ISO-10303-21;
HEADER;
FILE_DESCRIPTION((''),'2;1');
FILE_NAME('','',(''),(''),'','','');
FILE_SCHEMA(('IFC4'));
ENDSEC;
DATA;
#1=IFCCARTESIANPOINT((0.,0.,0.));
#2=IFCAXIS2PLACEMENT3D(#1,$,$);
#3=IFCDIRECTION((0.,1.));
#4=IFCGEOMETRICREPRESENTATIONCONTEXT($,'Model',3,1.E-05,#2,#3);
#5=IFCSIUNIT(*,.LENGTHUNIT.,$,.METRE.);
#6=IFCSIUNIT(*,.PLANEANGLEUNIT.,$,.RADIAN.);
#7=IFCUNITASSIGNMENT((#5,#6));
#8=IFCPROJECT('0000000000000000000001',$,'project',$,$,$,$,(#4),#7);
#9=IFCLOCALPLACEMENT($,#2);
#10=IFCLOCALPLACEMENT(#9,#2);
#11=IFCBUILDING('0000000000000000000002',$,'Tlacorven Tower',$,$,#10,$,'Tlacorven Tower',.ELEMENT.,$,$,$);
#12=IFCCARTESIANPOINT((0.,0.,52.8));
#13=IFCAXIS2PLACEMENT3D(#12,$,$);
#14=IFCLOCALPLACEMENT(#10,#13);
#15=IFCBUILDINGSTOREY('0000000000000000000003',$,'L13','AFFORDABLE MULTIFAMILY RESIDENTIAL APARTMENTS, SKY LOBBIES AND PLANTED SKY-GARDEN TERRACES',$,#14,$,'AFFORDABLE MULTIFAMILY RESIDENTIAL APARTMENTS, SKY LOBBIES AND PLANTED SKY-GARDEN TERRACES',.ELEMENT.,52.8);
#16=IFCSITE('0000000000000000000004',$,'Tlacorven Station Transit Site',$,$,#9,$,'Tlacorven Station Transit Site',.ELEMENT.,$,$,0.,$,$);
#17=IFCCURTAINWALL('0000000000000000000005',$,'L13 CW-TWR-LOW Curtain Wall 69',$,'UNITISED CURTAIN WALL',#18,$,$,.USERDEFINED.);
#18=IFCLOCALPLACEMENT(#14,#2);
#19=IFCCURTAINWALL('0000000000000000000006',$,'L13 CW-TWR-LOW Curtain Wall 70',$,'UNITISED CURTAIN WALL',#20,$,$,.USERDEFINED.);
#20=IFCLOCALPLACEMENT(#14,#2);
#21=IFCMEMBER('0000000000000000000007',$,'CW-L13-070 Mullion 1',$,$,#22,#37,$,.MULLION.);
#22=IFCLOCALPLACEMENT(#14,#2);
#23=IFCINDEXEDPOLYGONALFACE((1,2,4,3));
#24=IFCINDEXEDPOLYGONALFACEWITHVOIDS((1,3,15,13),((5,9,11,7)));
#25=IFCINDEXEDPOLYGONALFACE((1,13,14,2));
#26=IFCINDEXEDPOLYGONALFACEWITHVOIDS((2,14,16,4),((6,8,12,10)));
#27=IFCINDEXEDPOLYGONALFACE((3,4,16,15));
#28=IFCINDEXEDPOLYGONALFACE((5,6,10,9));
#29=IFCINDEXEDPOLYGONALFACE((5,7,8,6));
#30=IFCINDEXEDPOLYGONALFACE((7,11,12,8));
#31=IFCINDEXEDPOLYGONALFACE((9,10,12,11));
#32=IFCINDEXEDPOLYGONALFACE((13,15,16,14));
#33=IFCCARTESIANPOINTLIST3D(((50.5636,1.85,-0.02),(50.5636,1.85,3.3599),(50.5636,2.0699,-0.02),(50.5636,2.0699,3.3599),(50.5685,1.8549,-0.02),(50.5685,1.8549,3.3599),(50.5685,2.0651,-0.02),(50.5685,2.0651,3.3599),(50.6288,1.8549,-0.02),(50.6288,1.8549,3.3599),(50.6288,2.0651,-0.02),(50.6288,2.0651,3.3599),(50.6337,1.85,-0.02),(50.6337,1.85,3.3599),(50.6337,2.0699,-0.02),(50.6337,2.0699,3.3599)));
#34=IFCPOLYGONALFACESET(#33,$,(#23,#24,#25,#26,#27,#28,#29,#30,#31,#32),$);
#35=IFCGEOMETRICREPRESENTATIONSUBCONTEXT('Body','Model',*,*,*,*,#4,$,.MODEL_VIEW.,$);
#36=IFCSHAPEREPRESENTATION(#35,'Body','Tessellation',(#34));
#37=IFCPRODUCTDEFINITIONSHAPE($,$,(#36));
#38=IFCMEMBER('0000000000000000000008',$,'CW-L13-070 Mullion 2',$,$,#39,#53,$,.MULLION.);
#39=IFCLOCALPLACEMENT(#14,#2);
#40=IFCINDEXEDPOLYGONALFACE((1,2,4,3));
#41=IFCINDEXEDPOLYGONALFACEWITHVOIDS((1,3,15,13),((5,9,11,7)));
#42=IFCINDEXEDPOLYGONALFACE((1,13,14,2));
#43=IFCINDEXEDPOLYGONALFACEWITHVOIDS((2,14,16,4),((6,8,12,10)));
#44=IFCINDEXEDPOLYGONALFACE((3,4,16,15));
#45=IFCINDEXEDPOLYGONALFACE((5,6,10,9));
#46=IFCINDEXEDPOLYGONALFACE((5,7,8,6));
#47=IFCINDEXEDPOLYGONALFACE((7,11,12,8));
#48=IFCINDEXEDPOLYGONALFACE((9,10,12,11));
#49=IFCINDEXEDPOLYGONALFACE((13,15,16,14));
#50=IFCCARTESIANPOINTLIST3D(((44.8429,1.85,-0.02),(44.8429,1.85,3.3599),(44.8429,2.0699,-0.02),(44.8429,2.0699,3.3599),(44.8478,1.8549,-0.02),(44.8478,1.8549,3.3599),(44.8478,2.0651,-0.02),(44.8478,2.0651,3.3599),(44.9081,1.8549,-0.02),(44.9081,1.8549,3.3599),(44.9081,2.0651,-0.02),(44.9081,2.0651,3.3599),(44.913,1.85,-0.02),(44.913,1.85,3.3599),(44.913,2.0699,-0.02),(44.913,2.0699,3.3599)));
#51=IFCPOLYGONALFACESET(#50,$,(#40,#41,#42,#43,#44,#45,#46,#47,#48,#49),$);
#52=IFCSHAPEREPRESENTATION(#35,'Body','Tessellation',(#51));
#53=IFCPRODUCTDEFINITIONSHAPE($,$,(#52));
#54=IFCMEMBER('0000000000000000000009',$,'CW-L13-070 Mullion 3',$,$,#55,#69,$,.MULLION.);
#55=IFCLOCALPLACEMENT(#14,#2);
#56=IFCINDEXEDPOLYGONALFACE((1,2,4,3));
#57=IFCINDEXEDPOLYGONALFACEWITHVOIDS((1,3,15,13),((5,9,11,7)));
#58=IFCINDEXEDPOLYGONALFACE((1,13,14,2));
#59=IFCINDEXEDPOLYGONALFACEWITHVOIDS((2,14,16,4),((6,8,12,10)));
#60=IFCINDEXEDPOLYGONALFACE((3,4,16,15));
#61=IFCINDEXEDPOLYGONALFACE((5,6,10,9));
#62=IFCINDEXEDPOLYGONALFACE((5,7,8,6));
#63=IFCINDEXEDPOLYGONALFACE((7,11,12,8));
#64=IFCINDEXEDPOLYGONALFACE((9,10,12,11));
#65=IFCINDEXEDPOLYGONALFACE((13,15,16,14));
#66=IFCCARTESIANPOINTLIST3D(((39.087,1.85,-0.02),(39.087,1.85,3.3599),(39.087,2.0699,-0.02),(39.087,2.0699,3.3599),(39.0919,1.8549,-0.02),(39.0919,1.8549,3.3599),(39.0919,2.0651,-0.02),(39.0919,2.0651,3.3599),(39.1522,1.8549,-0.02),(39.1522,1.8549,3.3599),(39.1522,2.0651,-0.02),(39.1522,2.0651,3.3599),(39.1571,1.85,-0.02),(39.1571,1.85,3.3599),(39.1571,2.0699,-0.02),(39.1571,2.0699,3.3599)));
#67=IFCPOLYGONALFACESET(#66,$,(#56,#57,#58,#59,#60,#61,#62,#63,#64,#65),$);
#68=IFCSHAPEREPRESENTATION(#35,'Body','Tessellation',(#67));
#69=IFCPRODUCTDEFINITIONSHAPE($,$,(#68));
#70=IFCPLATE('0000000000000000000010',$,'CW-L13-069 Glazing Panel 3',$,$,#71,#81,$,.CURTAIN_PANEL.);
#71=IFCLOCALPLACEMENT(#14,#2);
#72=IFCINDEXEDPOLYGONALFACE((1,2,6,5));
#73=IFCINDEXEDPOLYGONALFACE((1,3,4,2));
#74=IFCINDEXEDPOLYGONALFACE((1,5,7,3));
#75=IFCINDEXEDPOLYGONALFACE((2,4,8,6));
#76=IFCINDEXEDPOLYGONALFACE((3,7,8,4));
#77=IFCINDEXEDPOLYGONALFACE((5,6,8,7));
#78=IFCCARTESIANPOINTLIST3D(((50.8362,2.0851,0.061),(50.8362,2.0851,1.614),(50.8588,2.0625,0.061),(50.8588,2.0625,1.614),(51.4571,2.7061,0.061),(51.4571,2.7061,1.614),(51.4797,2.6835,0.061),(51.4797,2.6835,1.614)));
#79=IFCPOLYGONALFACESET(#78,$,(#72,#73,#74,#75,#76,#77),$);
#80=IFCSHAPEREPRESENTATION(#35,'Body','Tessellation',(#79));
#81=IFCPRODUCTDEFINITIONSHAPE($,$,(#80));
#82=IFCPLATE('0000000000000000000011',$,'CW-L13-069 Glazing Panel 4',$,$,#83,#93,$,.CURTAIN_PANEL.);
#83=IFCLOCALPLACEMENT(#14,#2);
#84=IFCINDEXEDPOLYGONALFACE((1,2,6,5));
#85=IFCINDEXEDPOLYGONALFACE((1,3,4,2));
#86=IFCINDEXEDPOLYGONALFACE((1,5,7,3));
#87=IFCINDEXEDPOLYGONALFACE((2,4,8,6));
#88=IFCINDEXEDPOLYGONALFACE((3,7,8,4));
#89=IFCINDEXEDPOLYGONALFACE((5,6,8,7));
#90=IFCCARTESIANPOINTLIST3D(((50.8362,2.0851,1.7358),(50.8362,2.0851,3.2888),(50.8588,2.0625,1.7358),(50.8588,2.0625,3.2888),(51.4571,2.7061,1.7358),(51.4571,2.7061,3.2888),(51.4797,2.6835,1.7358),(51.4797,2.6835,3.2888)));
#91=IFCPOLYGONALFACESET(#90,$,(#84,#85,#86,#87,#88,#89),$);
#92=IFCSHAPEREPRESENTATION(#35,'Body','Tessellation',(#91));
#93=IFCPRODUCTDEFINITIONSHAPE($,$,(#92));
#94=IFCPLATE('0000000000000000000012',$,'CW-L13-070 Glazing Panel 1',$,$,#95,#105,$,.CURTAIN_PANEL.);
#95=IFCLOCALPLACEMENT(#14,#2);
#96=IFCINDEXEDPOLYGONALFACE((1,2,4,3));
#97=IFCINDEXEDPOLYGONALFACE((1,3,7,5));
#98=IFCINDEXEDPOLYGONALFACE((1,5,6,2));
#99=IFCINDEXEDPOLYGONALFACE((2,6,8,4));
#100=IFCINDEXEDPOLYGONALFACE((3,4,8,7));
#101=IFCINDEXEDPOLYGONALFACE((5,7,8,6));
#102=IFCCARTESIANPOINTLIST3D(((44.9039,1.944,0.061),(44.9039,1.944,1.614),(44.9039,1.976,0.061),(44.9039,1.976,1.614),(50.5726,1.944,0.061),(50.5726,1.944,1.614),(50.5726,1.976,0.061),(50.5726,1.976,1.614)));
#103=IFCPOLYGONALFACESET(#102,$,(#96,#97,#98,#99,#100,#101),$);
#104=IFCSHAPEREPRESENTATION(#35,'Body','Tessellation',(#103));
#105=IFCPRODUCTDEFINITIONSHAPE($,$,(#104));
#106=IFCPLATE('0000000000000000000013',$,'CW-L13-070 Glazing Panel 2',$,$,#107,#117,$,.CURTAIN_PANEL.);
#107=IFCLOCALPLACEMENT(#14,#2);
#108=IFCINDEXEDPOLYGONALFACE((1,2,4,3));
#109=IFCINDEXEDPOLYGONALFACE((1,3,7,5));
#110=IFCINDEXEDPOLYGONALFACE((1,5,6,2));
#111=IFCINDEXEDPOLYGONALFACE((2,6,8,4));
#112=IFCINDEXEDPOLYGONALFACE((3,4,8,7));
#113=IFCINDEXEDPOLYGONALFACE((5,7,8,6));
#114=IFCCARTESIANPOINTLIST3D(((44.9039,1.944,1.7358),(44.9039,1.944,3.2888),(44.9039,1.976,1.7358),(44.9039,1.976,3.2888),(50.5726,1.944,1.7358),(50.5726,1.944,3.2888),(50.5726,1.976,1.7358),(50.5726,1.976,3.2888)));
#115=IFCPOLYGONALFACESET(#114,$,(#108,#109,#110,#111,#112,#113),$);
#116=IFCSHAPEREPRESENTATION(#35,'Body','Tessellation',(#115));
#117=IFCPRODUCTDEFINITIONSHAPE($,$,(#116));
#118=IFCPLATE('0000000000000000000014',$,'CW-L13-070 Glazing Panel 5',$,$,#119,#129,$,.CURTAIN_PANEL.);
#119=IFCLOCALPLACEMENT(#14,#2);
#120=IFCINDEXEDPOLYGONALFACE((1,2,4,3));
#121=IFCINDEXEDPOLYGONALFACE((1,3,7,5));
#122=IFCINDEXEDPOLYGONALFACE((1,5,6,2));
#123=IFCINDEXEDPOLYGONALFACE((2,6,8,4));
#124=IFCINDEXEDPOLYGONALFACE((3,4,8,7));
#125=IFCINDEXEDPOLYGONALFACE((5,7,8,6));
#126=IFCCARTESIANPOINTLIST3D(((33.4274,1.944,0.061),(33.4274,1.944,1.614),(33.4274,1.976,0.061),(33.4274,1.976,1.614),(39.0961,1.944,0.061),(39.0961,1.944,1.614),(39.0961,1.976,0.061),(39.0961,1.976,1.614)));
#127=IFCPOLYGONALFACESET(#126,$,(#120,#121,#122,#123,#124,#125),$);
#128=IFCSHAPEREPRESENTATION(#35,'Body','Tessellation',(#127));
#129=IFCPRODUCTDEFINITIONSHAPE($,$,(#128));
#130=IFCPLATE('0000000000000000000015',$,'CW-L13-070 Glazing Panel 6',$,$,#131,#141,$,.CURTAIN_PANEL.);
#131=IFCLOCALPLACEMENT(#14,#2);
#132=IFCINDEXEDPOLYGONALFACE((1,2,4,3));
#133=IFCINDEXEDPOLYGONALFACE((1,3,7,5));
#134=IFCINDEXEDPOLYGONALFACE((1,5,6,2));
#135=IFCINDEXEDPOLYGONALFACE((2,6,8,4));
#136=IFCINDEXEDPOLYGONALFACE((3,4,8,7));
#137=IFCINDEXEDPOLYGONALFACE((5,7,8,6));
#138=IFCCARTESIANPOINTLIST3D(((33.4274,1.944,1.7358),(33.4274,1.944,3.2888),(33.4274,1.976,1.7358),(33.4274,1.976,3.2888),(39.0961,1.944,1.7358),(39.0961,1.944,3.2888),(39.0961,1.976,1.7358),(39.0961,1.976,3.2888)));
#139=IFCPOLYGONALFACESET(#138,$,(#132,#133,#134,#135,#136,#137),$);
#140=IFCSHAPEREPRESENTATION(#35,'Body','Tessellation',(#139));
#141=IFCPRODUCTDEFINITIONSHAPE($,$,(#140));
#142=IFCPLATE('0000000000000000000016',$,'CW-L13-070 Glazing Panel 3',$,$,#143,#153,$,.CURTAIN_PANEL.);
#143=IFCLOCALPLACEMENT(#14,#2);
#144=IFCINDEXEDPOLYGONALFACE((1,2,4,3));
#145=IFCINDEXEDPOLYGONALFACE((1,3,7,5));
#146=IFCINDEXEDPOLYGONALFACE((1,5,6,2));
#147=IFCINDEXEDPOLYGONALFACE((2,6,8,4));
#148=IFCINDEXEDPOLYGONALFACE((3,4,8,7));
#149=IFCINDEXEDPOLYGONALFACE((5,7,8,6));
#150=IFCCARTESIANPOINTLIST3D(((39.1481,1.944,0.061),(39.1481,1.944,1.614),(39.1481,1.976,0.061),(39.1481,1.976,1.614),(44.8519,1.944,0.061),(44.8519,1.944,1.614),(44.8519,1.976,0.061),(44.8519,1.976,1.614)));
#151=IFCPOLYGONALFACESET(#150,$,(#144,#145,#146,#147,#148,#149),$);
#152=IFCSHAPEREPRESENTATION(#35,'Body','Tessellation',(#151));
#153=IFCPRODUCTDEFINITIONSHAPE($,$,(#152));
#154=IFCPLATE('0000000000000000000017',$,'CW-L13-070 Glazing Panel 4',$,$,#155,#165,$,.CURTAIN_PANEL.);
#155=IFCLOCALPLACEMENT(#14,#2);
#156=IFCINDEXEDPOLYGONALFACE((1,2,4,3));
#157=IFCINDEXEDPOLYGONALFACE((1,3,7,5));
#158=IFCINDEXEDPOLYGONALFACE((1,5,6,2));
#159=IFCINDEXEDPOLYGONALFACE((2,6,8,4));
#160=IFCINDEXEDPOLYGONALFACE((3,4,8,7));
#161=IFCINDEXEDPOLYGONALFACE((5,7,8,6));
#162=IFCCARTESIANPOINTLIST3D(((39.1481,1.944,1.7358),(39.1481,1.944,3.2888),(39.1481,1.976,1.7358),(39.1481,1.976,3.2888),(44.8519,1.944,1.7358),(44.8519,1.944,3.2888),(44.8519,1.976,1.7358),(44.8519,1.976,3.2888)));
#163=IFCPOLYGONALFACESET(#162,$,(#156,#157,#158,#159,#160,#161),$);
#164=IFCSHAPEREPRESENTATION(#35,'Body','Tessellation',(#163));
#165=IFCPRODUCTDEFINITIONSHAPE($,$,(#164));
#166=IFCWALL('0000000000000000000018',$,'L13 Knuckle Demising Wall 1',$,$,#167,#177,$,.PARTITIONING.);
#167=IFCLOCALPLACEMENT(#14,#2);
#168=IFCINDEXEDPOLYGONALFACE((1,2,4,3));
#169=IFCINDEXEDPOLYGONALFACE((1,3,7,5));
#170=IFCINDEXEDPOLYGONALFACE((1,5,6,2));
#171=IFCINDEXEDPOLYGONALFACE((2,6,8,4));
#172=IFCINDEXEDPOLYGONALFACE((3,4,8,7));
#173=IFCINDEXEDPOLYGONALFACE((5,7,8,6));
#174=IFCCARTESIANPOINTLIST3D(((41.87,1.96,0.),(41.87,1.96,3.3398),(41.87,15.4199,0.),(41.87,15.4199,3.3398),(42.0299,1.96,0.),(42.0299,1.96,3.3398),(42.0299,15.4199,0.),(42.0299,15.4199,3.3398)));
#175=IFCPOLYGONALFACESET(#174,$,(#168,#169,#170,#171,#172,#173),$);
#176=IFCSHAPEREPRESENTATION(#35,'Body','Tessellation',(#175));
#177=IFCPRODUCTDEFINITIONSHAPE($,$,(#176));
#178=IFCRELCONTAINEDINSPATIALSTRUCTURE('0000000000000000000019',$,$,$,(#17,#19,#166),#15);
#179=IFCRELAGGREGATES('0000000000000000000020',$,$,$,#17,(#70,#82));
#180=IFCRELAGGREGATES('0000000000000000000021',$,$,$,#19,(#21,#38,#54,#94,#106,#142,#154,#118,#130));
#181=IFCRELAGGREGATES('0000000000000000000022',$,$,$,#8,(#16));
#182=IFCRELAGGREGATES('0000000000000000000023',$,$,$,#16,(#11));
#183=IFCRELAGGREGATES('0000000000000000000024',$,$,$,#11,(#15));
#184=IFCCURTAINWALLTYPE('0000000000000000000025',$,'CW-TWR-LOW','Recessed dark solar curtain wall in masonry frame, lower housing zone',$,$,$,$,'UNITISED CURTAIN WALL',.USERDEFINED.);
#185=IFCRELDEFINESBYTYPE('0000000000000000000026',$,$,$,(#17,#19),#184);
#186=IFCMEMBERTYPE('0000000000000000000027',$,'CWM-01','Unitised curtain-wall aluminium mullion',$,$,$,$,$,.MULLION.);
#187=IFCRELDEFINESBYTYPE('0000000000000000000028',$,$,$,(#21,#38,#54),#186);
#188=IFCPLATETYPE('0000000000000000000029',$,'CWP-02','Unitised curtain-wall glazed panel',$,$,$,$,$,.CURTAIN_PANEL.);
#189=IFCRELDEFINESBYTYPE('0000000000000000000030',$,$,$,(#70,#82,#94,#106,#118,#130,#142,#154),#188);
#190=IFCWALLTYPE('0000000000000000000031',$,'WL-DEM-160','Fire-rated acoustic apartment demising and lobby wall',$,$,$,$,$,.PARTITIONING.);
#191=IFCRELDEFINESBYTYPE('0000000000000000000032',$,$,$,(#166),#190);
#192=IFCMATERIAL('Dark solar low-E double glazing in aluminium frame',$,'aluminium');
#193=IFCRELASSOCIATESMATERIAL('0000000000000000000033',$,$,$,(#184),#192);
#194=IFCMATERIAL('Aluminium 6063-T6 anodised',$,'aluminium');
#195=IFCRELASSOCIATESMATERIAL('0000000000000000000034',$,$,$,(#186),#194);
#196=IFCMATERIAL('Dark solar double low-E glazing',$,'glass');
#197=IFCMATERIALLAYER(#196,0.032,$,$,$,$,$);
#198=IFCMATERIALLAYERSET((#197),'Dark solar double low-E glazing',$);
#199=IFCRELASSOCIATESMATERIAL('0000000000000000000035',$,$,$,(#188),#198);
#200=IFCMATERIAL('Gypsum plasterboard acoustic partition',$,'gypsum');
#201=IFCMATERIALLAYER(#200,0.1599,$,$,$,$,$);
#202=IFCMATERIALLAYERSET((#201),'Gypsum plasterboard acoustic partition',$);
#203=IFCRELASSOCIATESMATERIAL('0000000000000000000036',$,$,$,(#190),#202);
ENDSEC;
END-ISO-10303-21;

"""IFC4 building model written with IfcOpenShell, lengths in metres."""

from ifc_helpers import new_model, si_unit, direction, frame, frame_2d, origin, origin_2d, place, context, subcontext, project, spatial, rectangle, hollow_rectangle, extrude, source, transform, mapped, material, layer, layer_set, material_profile, profile_set, type_object, element, aggregate, save


model = new_model("IFC4")

# Units and contexts
model_context = context("Model", 3, precision=1e-05, world=origin(), true_north=direction((0.0, 1.0)))
body_context = subcontext(model_context, "Body", "Model", "MODEL_VIEW")
ifc_project = project(units=[si_unit("LENGTHUNIT", "METRE"), si_unit("PLANEANGLEUNIT", "RADIAN")], contexts=[model_context])

# Site, building, storey
site_placement = place(None, origin())
site = spatial("IfcSite", under=ifc_project, at=site_placement, Name="Tlacorven Station Transit Site", LongName="Tlacorven Station Transit Site", CompositionType="ELEMENT", RefElevation=0.0)
building_placement = place(site_placement, origin())
building = spatial("IfcBuilding", under=site, at=building_placement, Name="Tlacorven Tower", LongName="Tlacorven Tower", CompositionType="ELEMENT")
storey_placement = place(building_placement, frame((0.0, 0.0, 52.8)))
storey = spatial("IfcBuildingStorey", under=building, at=storey_placement, Name="L13", Description="AFFORDABLE MULTIFAMILY RESIDENTIAL APARTMENTS, SKY LOBBIES AND PLANTED SKY-GARDEN TERRACES", LongName="AFFORDABLE MULTIFAMILY RESIDENTIAL APARTMENTS, SKY LOBBIES AND PLANTED SKY-GARDEN TERRACES", CompositionType="ELEMENT", Elevation=52.8)

# Curtain wall
ifc_material_1 = material(Name="Dark solar low-E double glazing in aluminium frame", Category="aluminium")
curtain_wall_type = type_object("IfcCurtainWallType", Name="CW-TWR-LOW", Description="Recessed dark solar curtain wall in masonry frame, lower housing zone", ElementType="UNITISED CURTAIN WALL", PredefinedType="USERDEFINED", material=ifc_material_1)
curtain_wall_1_placement = place(storey_placement, origin())
curtain_wall_1 = element("IfcCurtainWall", 1, at=curtain_wall_1_placement, inside=storey, type_object=curtain_wall_type, Name="L13 CW-TWR-LOW Curtain Wall 69", ObjectType="UNITISED CURTAIN WALL", PredefinedType="USERDEFINED")
ifc_material_2 = material(Name="Aluminium 6063-T6 anodised", Category="aluminium")

# Curtain wall
curtain_wall_2_placement = place(storey_placement, origin())
curtain_wall_2 = element("IfcCurtainWall", 2, at=curtain_wall_2_placement, inside=storey, type_object=curtain_wall_type, Name="L13 CW-TWR-LOW Curtain Wall 70", ObjectType="UNITISED CURTAIN WALL", PredefinedType="USERDEFINED")

# Members
ifc_material_profile_1 = material_profile(ifc_material_2, hollow_rectangle(XDim=0.0701, YDim=0.22, WallThickness=0.0049, at=origin_2d()), Name="ALU MULLION 70X220")
ifc_profile_set_1 = profile_set([ifc_material_profile_1], Name="Aluminium 6063-T6 anodised")
member_type_1 = type_object("IfcMemberType", Name="CWM-01", Description="Unitised curtain-wall aluminium mullion", PredefinedType="MULLION", material=ifc_profile_set_1)
shared_shape_1 = source(origin(), body_context, "Body", "SweptSolid", [
    extrude(hollow_rectangle(XDim=0.0701, YDim=0.22, WallThickness=0.0049, at=origin_2d()), origin(), (0.0, 0.0, 1.0), 3.3799),
])
member_1_placement = place(storey_placement, frame((50.5986, 1.96, -0.02), z_axis=(0.0, 0.0, 1.0), x_axis=(-1.0, 0.0, 0.0)))
member_1 = element("IfcMember", 3, at=member_1_placement, type_object=member_type_1, Name="CW-L13-070 Mullion 1", PredefinedType="MULLION", context=body_context, shape_type="MappedRepresentation", body=[
    mapped(shared_shape_1, transform((0.0, 0.0, 0.0), scale=1.0)),
])
member_2_placement = place(storey_placement, frame((44.8779, 1.96, -0.02), z_axis=(0.0, 0.0, 1.0), x_axis=(-1.0, 0.0, 0.0)))
member_2 = element("IfcMember", 4, at=member_2_placement, type_object=member_type_1, Name="CW-L13-070 Mullion 2", PredefinedType="MULLION", context=body_context, shape_type="MappedRepresentation", body=[
    mapped(shared_shape_1, transform((0.0, 0.0, 0.0), scale=1.0)),
])
member_3_placement = place(storey_placement, frame((39.1221, 1.96, -0.02), z_axis=(0.0, 0.0, 1.0), x_axis=(-1.0, 0.0, 0.0)))
member_3 = element("IfcMember", 5, at=member_3_placement, type_object=member_type_1, Name="CW-L13-070 Mullion 3", PredefinedType="MULLION", context=body_context, shape_type="MappedRepresentation", body=[
    mapped(shared_shape_1, transform((0.0, 0.0, 0.0), scale=1.0)),
])

# Plates
ifc_material_3 = material(Name="Dark solar double low-E glazing", Category="glass")
ifc_layer_1 = layer(ifc_material_3, 0.032)
ifc_layer_set_1 = layer_set([ifc_layer_1], Name="Dark solar double low-E glazing")
plate_type = type_object("IfcPlateType", Name="CWP-02", Description="Unitised curtain-wall glazed panel", PredefinedType="CURTAIN_PANEL", material=ifc_layer_set_1)
shared_shape_2 = source(origin(), body_context, "Body", "SweptSolid", [
    extrude(rectangle(XDim=0.8782, YDim=0.032, at=origin_2d()), origin(), (0.0, 0.0, 1.0), 1.553),
])
plate_1_placement = place(storey_placement, frame((51.158, 2.3843, 0.061), z_axis=(0.0, 0.0, 1.0), x_axis=(-0.707107, -0.707107, 0.0)))
plate_1 = element("IfcPlate", 6, at=plate_1_placement, type_object=plate_type, Name="CW-L13-069 Glazing Panel 3", PredefinedType="CURTAIN_PANEL", context=body_context, shape_type="MappedRepresentation", body=[
    mapped(shared_shape_2, transform((0.0, 0.0, 0.0), scale=1.0)),
])
plate_2_placement = place(storey_placement, frame((51.158, 2.3843, 1.7358), z_axis=(0.0, 0.0, 1.0), x_axis=(-0.707107, -0.707107, 0.0)))
plate_2 = element("IfcPlate", 7, at=plate_2_placement, type_object=plate_type, Name="CW-L13-069 Glazing Panel 4", PredefinedType="CURTAIN_PANEL", context=body_context, shape_type="MappedRepresentation", body=[
    mapped(shared_shape_2, transform((0.0, 0.0, 0.0), scale=1.0)),
])
aggregate(curtain_wall_1, [plate_1, plate_2])
shared_shape_3 = source(origin(), body_context, "Body", "SweptSolid", [
    extrude(rectangle(XDim=5.6687, YDim=0.032, at=origin_2d()), origin(), (0.0, 0.0, 1.0), 1.553),
])
plate_3_placement = place(storey_placement, frame((47.7383, 1.96, 0.061), z_axis=(0.0, 0.0, 1.0), x_axis=(-1.0, 0.0, 0.0)))
plate_3 = element("IfcPlate", 8, at=plate_3_placement, type_object=plate_type, Name="CW-L13-070 Glazing Panel 1", PredefinedType="CURTAIN_PANEL", context=body_context, shape_type="MappedRepresentation", body=[
    mapped(shared_shape_3, transform((0.0, 0.0, 0.0), scale=1.0)),
])
plate_4_placement = place(storey_placement, frame((47.7383, 1.96, 1.7358), z_axis=(0.0, 0.0, 1.0), x_axis=(-1.0, 0.0, 0.0)))
plate_4 = element("IfcPlate", 9, at=plate_4_placement, type_object=plate_type, Name="CW-L13-070 Glazing Panel 2", PredefinedType="CURTAIN_PANEL", context=body_context, shape_type="MappedRepresentation", body=[
    mapped(shared_shape_3, transform((0.0, 0.0, 0.0), scale=1.0)),
])
plate_5_placement = place(storey_placement, frame((36.2617, 1.96, 0.061), z_axis=(0.0, 0.0, 1.0), x_axis=(-1.0, 0.0, 0.0)))
plate_5 = element("IfcPlate", 10, at=plate_5_placement, type_object=plate_type, Name="CW-L13-070 Glazing Panel 5", PredefinedType="CURTAIN_PANEL", context=body_context, shape_type="MappedRepresentation", body=[
    mapped(shared_shape_3, transform((0.0, 0.0, 0.0), scale=1.0)),
])
plate_6_placement = place(storey_placement, frame((36.2617, 1.96, 1.7358), z_axis=(0.0, 0.0, 1.0), x_axis=(-1.0, 0.0, 0.0)))
plate_6 = element("IfcPlate", 11, at=plate_6_placement, type_object=plate_type, Name="CW-L13-070 Glazing Panel 6", PredefinedType="CURTAIN_PANEL", context=body_context, shape_type="MappedRepresentation", body=[
    mapped(shared_shape_3, transform((0.0, 0.0, 0.0), scale=1.0)),
])
shared_shape_4 = source(origin(), body_context, "Body", "SweptSolid", [
    extrude(rectangle(XDim=5.7039, YDim=0.032, at=origin_2d()), origin(), (0.0, 0.0, 1.0), 1.553),
])
plate_7_placement = place(storey_placement, frame((42.0, 1.96, 0.061), z_axis=(0.0, 0.0, 1.0), x_axis=(-1.0, 0.0, 0.0)))
plate_7 = element("IfcPlate", 12, at=plate_7_placement, type_object=plate_type, Name="CW-L13-070 Glazing Panel 3", PredefinedType="CURTAIN_PANEL", context=body_context, shape_type="MappedRepresentation", body=[
    mapped(shared_shape_4, transform((0.0, 0.0, 0.0), scale=1.0)),
])
plate_8_placement = place(storey_placement, frame((42.0, 1.96, 1.7358), z_axis=(0.0, 0.0, 1.0), x_axis=(-1.0, 0.0, 0.0)))
plate_8 = element("IfcPlate", 13, at=plate_8_placement, type_object=plate_type, Name="CW-L13-070 Glazing Panel 4", PredefinedType="CURTAIN_PANEL", context=body_context, shape_type="MappedRepresentation", body=[
    mapped(shared_shape_4, transform((0.0, 0.0, 0.0), scale=1.0)),
])
aggregate(curtain_wall_2, [member_1, member_2, member_3, plate_3, plate_4, plate_7, plate_8, plate_5, plate_6])

# Wall
ifc_material_4 = material(Name="Gypsum plasterboard acoustic partition", Category="gypsum")
ifc_layer_2 = layer(ifc_material_4, 0.1599)
ifc_layer_set_2 = layer_set([ifc_layer_2], Name="Gypsum plasterboard acoustic partition")
wall_type_1 = type_object("IfcWallType", Name="WL-DEM-160", Description="Fire-rated acoustic apartment demising and lobby wall", PredefinedType="PARTITIONING", material=ifc_layer_set_2)
wall_1_placement = place(storey_placement, frame((41.95, 1.96, 0.0), z_axis=(0.0, 0.0, 1.0), x_axis=(0.0, 1.0, 0.0)))
element("IfcWall", 14, at=wall_1_placement, inside=storey, type_object=wall_type_1, Name="L13 Knuckle Demising Wall 1", PredefinedType="PARTITIONING", context=body_context, shape_type="SweptSolid", body=[
    extrude(rectangle(XDim=13.46, YDim=0.1599, at=frame_2d((6.73, 0.0))), origin(), (0.0, 0.0, 1.0), 3.3398),
])

save(model, "model.ifc")
